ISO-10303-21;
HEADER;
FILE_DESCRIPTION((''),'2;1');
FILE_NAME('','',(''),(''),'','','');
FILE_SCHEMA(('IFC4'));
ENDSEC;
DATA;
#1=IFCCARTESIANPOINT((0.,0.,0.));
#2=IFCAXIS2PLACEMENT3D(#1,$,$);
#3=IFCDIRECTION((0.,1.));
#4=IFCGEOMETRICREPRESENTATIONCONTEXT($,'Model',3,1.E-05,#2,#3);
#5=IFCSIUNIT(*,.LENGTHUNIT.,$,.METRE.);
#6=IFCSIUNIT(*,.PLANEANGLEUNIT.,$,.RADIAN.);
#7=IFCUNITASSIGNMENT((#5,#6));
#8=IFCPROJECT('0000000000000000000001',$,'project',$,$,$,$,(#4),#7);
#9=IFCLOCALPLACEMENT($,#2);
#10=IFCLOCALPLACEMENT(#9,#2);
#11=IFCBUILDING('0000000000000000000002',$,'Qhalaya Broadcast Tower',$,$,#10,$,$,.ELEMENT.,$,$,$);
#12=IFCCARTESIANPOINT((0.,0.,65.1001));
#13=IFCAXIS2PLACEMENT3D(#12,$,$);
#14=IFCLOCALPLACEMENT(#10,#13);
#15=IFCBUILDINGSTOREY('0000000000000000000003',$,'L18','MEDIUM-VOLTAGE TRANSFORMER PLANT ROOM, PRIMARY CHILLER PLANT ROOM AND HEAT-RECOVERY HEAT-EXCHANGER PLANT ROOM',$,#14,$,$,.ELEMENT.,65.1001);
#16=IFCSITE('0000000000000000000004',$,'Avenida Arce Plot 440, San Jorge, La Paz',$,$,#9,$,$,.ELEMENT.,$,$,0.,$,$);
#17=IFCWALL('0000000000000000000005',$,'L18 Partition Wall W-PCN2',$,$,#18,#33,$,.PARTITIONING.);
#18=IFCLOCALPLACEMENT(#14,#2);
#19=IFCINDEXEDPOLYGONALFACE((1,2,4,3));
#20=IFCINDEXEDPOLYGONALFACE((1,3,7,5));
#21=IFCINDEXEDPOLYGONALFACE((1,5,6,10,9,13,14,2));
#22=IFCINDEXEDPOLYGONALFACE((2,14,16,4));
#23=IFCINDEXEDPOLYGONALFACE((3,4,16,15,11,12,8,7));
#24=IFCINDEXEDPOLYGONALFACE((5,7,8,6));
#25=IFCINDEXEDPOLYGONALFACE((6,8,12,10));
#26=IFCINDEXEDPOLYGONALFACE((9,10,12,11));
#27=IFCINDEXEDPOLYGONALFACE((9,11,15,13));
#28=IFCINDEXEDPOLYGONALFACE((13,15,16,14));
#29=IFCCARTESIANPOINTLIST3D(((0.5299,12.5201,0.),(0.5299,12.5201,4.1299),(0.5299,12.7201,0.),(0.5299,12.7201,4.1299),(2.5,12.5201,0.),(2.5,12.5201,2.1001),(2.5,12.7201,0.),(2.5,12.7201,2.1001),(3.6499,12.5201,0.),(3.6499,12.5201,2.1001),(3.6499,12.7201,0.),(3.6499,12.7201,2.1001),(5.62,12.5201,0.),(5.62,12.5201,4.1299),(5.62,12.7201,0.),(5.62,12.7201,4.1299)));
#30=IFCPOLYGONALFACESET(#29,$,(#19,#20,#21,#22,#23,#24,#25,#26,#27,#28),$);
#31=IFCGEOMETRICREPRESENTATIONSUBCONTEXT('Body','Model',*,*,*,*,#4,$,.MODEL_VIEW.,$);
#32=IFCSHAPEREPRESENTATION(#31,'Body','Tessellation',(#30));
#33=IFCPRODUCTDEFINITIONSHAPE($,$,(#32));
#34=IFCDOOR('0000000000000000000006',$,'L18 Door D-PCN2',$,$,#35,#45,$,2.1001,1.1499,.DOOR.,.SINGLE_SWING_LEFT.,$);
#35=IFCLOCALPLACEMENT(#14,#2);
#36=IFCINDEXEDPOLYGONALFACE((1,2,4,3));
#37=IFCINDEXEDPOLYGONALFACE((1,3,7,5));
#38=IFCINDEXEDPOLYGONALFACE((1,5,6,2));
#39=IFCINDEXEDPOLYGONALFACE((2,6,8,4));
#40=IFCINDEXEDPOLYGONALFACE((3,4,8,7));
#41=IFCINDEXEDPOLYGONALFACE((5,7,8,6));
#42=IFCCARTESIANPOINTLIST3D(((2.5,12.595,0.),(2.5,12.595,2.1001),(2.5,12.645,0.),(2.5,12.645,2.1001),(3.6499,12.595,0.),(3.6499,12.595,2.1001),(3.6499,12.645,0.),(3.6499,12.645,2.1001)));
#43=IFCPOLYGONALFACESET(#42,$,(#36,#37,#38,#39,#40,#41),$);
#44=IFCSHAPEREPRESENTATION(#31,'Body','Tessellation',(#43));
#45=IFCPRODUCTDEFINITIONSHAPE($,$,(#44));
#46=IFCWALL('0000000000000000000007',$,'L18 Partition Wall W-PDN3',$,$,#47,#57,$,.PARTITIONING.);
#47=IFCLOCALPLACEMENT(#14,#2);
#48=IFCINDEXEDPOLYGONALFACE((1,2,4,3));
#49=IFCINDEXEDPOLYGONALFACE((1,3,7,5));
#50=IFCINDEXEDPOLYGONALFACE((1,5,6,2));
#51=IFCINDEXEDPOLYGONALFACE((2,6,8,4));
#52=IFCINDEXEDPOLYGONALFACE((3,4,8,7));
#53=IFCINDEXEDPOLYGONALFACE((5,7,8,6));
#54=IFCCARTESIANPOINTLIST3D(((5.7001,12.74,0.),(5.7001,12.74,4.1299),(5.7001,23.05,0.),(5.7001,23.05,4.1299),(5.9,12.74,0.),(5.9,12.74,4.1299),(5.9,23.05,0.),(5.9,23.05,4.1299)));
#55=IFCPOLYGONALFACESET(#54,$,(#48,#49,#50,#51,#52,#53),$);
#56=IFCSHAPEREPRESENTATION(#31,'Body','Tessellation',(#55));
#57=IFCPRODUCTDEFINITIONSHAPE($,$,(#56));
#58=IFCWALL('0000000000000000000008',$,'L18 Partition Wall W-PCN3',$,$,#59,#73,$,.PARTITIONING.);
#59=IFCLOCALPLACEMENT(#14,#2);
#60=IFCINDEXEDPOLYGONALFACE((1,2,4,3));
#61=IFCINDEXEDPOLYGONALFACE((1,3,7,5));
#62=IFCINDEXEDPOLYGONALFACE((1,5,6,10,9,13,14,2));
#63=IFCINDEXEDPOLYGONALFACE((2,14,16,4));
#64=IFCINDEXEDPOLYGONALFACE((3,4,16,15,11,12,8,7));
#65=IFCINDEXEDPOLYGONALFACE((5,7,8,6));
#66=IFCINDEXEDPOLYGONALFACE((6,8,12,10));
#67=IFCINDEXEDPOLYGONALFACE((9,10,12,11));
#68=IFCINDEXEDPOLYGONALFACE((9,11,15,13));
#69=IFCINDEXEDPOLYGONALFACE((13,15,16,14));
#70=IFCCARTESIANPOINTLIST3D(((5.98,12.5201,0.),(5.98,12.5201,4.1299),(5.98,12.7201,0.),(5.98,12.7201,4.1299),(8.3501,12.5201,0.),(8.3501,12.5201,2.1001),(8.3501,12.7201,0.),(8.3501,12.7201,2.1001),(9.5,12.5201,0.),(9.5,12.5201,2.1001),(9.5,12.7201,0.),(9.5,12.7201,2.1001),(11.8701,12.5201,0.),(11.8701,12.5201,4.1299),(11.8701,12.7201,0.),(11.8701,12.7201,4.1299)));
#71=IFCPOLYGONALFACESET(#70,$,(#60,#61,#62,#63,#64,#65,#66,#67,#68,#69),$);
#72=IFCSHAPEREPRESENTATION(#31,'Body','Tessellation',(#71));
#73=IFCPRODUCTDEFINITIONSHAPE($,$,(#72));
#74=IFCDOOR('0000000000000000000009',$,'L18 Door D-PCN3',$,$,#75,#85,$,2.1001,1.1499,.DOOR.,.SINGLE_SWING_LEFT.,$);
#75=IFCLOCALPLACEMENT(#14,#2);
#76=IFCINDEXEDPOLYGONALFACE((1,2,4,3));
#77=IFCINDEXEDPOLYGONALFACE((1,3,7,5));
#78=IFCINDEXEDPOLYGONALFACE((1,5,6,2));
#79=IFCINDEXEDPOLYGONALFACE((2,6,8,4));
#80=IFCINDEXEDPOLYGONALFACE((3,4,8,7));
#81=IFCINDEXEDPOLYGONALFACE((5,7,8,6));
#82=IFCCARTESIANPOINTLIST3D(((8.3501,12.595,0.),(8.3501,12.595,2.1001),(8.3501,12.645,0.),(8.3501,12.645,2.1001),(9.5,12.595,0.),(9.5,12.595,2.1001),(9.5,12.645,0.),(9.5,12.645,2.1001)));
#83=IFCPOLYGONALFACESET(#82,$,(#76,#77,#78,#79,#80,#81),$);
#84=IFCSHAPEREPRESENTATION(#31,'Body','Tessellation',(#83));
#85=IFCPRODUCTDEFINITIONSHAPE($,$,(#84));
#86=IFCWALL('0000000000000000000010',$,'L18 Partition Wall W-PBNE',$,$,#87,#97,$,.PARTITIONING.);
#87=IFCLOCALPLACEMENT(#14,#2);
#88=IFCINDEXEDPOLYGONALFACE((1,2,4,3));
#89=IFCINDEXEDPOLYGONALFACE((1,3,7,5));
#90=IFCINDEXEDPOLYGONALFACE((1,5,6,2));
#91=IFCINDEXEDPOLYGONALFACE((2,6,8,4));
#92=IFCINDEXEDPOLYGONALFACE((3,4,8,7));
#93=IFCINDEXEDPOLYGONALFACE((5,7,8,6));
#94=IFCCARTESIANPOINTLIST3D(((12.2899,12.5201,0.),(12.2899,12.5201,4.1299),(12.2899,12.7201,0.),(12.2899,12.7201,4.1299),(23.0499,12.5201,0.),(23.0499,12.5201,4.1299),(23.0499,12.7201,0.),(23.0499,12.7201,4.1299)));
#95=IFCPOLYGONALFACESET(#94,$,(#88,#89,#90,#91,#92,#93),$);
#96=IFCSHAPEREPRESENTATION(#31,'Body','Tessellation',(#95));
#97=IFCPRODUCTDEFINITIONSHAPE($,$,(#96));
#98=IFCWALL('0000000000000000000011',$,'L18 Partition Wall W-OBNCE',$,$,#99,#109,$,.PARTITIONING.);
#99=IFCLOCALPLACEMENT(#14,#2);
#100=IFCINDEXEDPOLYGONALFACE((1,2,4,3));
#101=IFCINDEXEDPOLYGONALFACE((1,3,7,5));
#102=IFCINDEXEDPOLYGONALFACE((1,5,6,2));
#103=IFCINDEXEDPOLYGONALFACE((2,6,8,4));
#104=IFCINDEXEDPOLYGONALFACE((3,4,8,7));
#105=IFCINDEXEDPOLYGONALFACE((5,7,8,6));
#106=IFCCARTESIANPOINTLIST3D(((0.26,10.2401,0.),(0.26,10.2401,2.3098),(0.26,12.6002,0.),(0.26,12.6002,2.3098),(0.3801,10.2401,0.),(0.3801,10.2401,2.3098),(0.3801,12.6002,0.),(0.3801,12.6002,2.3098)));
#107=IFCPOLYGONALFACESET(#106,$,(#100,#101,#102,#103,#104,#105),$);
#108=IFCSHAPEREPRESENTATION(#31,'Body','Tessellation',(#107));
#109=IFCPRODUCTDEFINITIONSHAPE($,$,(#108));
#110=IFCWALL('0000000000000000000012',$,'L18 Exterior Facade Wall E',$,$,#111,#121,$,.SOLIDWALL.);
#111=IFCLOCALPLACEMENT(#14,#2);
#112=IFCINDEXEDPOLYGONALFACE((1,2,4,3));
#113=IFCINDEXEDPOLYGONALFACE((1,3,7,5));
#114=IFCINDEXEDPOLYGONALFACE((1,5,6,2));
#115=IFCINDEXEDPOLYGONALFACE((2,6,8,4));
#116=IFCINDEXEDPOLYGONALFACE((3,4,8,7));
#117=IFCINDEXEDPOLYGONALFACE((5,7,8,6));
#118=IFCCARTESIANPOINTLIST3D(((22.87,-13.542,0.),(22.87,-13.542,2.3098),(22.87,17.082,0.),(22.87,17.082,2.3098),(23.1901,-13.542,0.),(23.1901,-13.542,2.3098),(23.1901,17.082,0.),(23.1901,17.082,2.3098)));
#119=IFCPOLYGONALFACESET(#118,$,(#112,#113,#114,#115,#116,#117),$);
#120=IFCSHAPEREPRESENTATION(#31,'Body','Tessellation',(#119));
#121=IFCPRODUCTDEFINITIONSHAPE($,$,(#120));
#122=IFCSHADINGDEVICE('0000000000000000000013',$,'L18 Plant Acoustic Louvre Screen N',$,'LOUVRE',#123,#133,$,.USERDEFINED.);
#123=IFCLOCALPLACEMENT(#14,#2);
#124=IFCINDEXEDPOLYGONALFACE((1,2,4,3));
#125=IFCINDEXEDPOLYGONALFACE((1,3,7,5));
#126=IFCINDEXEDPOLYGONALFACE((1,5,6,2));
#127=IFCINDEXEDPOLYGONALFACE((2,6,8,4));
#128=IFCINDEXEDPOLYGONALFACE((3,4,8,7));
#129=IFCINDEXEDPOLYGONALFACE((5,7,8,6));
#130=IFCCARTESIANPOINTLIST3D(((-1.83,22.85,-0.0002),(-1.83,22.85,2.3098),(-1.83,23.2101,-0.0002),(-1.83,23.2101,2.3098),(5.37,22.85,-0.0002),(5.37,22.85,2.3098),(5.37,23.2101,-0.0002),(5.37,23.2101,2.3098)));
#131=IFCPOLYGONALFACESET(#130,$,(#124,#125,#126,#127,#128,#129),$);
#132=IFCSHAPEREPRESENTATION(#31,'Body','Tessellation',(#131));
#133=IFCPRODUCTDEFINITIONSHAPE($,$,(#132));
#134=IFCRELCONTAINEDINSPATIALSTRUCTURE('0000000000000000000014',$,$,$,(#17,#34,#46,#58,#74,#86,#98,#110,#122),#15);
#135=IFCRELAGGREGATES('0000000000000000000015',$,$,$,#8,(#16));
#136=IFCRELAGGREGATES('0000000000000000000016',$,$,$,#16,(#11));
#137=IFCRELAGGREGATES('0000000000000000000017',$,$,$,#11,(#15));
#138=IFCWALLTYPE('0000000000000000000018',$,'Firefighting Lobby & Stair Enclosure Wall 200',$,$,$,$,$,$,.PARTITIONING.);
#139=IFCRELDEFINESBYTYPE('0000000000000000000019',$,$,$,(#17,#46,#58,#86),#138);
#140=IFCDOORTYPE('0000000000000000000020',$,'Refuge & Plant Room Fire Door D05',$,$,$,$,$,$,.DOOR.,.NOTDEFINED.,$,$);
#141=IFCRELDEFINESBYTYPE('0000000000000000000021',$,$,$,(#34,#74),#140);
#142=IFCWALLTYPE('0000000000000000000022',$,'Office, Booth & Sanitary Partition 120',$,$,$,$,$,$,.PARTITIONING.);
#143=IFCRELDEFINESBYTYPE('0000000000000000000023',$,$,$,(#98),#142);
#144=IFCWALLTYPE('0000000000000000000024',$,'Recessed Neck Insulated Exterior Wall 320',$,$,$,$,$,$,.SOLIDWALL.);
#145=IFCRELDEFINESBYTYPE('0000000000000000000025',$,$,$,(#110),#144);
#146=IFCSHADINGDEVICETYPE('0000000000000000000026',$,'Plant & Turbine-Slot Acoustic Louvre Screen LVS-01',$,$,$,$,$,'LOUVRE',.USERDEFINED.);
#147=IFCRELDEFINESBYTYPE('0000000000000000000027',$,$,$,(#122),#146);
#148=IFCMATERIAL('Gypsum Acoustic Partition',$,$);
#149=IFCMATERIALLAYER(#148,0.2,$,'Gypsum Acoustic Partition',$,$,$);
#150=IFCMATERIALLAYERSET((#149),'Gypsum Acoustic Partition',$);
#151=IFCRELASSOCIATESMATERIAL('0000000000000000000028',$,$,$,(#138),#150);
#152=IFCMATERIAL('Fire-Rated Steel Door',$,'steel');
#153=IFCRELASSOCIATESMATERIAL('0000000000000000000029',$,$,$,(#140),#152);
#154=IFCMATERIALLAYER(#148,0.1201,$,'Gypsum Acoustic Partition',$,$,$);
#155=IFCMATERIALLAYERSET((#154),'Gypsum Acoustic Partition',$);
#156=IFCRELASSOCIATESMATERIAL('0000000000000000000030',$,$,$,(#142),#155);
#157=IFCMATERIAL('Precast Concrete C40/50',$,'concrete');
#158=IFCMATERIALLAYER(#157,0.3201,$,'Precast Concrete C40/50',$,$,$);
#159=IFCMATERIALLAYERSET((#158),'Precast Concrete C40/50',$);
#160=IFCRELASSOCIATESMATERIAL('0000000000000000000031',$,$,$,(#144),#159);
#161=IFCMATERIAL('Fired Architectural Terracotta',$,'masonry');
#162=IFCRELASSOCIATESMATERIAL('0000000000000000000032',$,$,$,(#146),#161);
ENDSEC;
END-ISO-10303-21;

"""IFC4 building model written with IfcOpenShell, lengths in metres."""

from ifc_helpers import new_model, si_unit, direction, frame, frame_2d, origin, origin_2d, place, context, subcontext, project, spatial, rectangle, extrude, material, layer, layer_set, type_object, element, fill, save


model = new_model("IFC4")

# Units and contexts
model_context = context("Model", 3, precision=1e-05, world=origin(), true_north=direction((0.0, 1.0)))
body_context = subcontext(model_context, "Body", "Model", "MODEL_VIEW")
ifc_project = project(units=[si_unit("LENGTHUNIT", "METRE"), si_unit("PLANEANGLEUNIT", "RADIAN")], contexts=[model_context])

# Site, building, storey
site_placement = place(None, origin())
site = spatial("IfcSite", under=ifc_project, at=site_placement, Name="Avenida Arce Plot 440, San Jorge, La Paz", CompositionType="ELEMENT", RefElevation=0.0)
building_placement = place(site_placement, origin())
building = spatial("IfcBuilding", under=site, at=building_placement, Name="Qhalaya Broadcast Tower", CompositionType="ELEMENT")
storey_placement = place(building_placement, frame((0.0, 0.0, 65.1001)))
storey = spatial("IfcBuildingStorey", under=building, at=storey_placement, Name="L18", Description="MEDIUM-VOLTAGE TRANSFORMER PLANT ROOM, PRIMARY CHILLER PLANT ROOM AND HEAT-RECOVERY HEAT-EXCHANGER PLANT ROOM", CompositionType="ELEMENT", Elevation=65.1001)

# Wall, opening, door
ifc_material_1 = material(Name="Gypsum Acoustic Partition")
ifc_layer_1 = layer(ifc_material_1, 0.2, Name="Gypsum Acoustic Partition")
ifc_layer_set_1 = layer_set([ifc_layer_1], Name="Gypsum Acoustic Partition")
wall_type_1 = type_object("IfcWallType", Name="Firefighting Lobby & Stair Enclosure Wall 200", PredefinedType="PARTITIONING", material=ifc_layer_set_1)
wall_1_placement = place(storey_placement, frame((0.53, 12.6201, 0.0), z_axis=(0.0, 0.0, 1.0), x_axis=(1.0, 0.0, 0.0)))
wall_1 = element("IfcWall", 1, at=wall_1_placement, inside=storey, type_object=wall_type_1, Name="L18 Partition Wall W-PCN2", PredefinedType="PARTITIONING", context=body_context, shape_type="SweptSolid", body=[
    extrude(rectangle(XDim=5.0901, YDim=0.2, at=frame_2d((2.5449, 0.0))), origin(), (0.0, 0.0, 1.0), 4.1299),
])
opening_1_placement = place(wall_1_placement, frame((1.97, 0.0, 0.0)))
opening_1 = element("IfcOpeningElement", 2, at=opening_1_placement, cuts=wall_1, PredefinedType="OPENING", context=body_context, shape_type="SweptSolid", body=[
    extrude(rectangle(XDim=1.1499, YDim=2.1001, at=frame_2d((0.575, 1.05))), frame((0.0, 0.1121, 0.0), z_axis=(0.0, -1.0, 0.0), x_axis=(1.0, 0.0, 0.0)), (0.0, 0.0, 1.0), 0.2239),
])
ifc_material_2 = material(Name="Fire-Rated Steel Door", Category="steel")
door_type = type_object("IfcDoorType", Name="Refuge & Plant Room Fire Door D05", OperationType="NOTDEFINED", PredefinedType="DOOR", material=ifc_material_2)
door_1_placement = place(opening_1_placement, origin())
door_1 = element("IfcDoor", 3, at=door_1_placement, inside=storey, type_object=door_type, Name="L18 Door D-PCN2", OperationType="SINGLE_SWING_LEFT", OverallHeight=2.1001, OverallWidth=1.1499, PredefinedType="DOOR", context=body_context, shape_type="SweptSolid", body=[
    extrude(rectangle(XDim=1.1499, YDim=2.1001, at=frame_2d((0.575, 1.05))), frame((0.0, 0.0249, 0.0), z_axis=(0.0, -1.0, 0.0), x_axis=(1.0, 0.0, 0.0)), (0.0, 0.0, 1.0), 0.05),
])
fill(opening_1, door_1)

# Wall
wall_2_placement = place(storey_placement, frame((5.8, 12.74, 0.0), z_axis=(0.0, 0.0, 1.0), x_axis=(0.0, 1.0, 0.0)))
element("IfcWall", 4, at=wall_2_placement, inside=storey, type_object=wall_type_1, Name="L18 Partition Wall W-PDN3", PredefinedType="PARTITIONING", context=body_context, shape_type="SweptSolid", body=[
    extrude(rectangle(XDim=10.3101, YDim=0.2, at=frame_2d((5.155, 0.0))), origin(), (0.0, 0.0, 1.0), 4.1299),
])

# Wall, opening, door
wall_3_placement = place(storey_placement, frame((5.98, 12.6201, 0.0), z_axis=(0.0, 0.0, 1.0), x_axis=(1.0, 0.0, 0.0)))
wall_3 = element("IfcWall", 5, at=wall_3_placement, inside=storey, type_object=wall_type_1, Name="L18 Partition Wall W-PCN3", PredefinedType="PARTITIONING", context=body_context, shape_type="SweptSolid", body=[
    extrude(rectangle(XDim=5.8901, YDim=0.2, at=frame_2d((2.9451, 0.0))), origin(), (0.0, 0.0, 1.0), 4.1299),
])
opening_2_placement = place(wall_3_placement, frame((2.3701, 0.0, 0.0)))
opening_2 = element("IfcOpeningElement", 6, at=opening_2_placement, cuts=wall_3, PredefinedType="OPENING", context=body_context, shape_type="SweptSolid", body=[
    extrude(rectangle(XDim=1.1499, YDim=2.1001, at=frame_2d((0.575, 1.05))), frame((0.0, 0.1121, 0.0), z_axis=(0.0, -1.0, 0.0), x_axis=(1.0, 0.0, 0.0)), (0.0, 0.0, 1.0), 0.2239),
])
door_2_placement = place(opening_2_placement, origin())
door_2 = element("IfcDoor", 7, at=door_2_placement, inside=storey, type_object=door_type, Name="L18 Door D-PCN3", OperationType="SINGLE_SWING_LEFT", OverallHeight=2.1001, OverallWidth=1.1499, PredefinedType="DOOR", context=body_context, shape_type="SweptSolid", body=[
    extrude(rectangle(XDim=1.1499, YDim=2.1001, at=frame_2d((0.575, 1.05))), frame((0.0, 0.0249, 0.0), z_axis=(0.0, -1.0, 0.0), x_axis=(1.0, 0.0, 0.0)), (0.0, 0.0, 1.0), 0.05),
])
fill(opening_2, door_2)

# Walls
wall_4_placement = place(storey_placement, frame((12.29, 12.6201, 0.0), z_axis=(0.0, 0.0, 1.0), x_axis=(1.0, 0.0, 0.0)))
element("IfcWall", 8, at=wall_4_placement, inside=storey, type_object=wall_type_1, Name="L18 Partition Wall W-PBNE", PredefinedType="PARTITIONING", context=body_context, shape_type="SweptSolid", body=[
    extrude(rectangle(XDim=10.76, YDim=0.2, at=frame_2d((5.3799, 0.0))), origin(), (0.0, 0.0, 1.0), 4.1299),
])
ifc_layer_2 = layer(ifc_material_1, 0.1201, Name="Gypsum Acoustic Partition")
ifc_layer_set_2 = layer_set([ifc_layer_2], Name="Gypsum Acoustic Partition")
wall_type_2 = type_object("IfcWallType", Name="Office, Booth & Sanitary Partition 120", PredefinedType="PARTITIONING", material=ifc_layer_set_2)
wall_5_placement = place(storey_placement, frame((0.3201, 10.24, 0.0), z_axis=(0.0, 0.0, 1.0), x_axis=(0.0, 1.0, 0.0)))
element("IfcWall", 9, at=wall_5_placement, inside=storey, type_object=wall_type_2, Name="L18 Partition Wall W-OBNCE", PredefinedType="PARTITIONING", context=body_context, shape_type="SweptSolid", body=[
    extrude(rectangle(XDim=2.3601, YDim=0.1201, at=frame_2d((1.1802, 0.0))), origin(), (0.0, 0.0, 1.0), 2.3098),
])
ifc_material_3 = material(Name="Precast Concrete C40/50", Category="concrete")
ifc_layer_3 = layer(ifc_material_3, 0.3201, Name="Precast Concrete C40/50")
ifc_layer_set_3 = layer_set([ifc_layer_3], Name="Precast Concrete C40/50")
wall_type_3 = type_object("IfcWallType", Name="Recessed Neck Insulated Exterior Wall 320", PredefinedType="SOLIDWALL", material=ifc_layer_set_3)
wall_6_placement = place(storey_placement, frame((23.03, 17.082, 0.0), z_axis=(0.0, 0.0, 1.0), x_axis=(0.0, -1.0, 0.0)))
element("IfcWall", 10, at=wall_6_placement, inside=storey, type_object=wall_type_3, Name="L18 Exterior Facade Wall E", PredefinedType="SOLIDWALL", context=body_context, shape_type="SweptSolid", body=[
    extrude(rectangle(XDim=30.624, YDim=0.3201, at=frame_2d((15.312, 0.0))), origin(), (0.0, 0.0, 1.0), 2.3098),
])

# Shading device
ifc_material_4 = material(Name="Fired Architectural Terracotta", Category="masonry")
shading_device_type = type_object("IfcShadingDeviceType", Name="Plant & Turbine-Slot Acoustic Louvre Screen LVS-01", ElementType="LOUVRE", PredefinedType="USERDEFINED", material=ifc_material_4)
shading_device_placement = place(storey_placement, frame((1.77, 23.03, -0.0002), z_axis=(0.0, 0.0, 1.0), x_axis=(1.0, 0.0, 0.0)))
element("IfcShadingDevice", 11, at=shading_device_placement, inside=storey, type_object=shading_device_type, Name="L18 Plant Acoustic Louvre Screen N", ObjectType="LOUVRE", PredefinedType="USERDEFINED", context=body_context, shape_type="SweptSolid", body=[
    extrude(rectangle(XDim=7.2, YDim=0.3601, at=origin_2d()), origin(), (0.0, 0.0, 1.0), 2.3101),
])

save(model, "model.ifc")
